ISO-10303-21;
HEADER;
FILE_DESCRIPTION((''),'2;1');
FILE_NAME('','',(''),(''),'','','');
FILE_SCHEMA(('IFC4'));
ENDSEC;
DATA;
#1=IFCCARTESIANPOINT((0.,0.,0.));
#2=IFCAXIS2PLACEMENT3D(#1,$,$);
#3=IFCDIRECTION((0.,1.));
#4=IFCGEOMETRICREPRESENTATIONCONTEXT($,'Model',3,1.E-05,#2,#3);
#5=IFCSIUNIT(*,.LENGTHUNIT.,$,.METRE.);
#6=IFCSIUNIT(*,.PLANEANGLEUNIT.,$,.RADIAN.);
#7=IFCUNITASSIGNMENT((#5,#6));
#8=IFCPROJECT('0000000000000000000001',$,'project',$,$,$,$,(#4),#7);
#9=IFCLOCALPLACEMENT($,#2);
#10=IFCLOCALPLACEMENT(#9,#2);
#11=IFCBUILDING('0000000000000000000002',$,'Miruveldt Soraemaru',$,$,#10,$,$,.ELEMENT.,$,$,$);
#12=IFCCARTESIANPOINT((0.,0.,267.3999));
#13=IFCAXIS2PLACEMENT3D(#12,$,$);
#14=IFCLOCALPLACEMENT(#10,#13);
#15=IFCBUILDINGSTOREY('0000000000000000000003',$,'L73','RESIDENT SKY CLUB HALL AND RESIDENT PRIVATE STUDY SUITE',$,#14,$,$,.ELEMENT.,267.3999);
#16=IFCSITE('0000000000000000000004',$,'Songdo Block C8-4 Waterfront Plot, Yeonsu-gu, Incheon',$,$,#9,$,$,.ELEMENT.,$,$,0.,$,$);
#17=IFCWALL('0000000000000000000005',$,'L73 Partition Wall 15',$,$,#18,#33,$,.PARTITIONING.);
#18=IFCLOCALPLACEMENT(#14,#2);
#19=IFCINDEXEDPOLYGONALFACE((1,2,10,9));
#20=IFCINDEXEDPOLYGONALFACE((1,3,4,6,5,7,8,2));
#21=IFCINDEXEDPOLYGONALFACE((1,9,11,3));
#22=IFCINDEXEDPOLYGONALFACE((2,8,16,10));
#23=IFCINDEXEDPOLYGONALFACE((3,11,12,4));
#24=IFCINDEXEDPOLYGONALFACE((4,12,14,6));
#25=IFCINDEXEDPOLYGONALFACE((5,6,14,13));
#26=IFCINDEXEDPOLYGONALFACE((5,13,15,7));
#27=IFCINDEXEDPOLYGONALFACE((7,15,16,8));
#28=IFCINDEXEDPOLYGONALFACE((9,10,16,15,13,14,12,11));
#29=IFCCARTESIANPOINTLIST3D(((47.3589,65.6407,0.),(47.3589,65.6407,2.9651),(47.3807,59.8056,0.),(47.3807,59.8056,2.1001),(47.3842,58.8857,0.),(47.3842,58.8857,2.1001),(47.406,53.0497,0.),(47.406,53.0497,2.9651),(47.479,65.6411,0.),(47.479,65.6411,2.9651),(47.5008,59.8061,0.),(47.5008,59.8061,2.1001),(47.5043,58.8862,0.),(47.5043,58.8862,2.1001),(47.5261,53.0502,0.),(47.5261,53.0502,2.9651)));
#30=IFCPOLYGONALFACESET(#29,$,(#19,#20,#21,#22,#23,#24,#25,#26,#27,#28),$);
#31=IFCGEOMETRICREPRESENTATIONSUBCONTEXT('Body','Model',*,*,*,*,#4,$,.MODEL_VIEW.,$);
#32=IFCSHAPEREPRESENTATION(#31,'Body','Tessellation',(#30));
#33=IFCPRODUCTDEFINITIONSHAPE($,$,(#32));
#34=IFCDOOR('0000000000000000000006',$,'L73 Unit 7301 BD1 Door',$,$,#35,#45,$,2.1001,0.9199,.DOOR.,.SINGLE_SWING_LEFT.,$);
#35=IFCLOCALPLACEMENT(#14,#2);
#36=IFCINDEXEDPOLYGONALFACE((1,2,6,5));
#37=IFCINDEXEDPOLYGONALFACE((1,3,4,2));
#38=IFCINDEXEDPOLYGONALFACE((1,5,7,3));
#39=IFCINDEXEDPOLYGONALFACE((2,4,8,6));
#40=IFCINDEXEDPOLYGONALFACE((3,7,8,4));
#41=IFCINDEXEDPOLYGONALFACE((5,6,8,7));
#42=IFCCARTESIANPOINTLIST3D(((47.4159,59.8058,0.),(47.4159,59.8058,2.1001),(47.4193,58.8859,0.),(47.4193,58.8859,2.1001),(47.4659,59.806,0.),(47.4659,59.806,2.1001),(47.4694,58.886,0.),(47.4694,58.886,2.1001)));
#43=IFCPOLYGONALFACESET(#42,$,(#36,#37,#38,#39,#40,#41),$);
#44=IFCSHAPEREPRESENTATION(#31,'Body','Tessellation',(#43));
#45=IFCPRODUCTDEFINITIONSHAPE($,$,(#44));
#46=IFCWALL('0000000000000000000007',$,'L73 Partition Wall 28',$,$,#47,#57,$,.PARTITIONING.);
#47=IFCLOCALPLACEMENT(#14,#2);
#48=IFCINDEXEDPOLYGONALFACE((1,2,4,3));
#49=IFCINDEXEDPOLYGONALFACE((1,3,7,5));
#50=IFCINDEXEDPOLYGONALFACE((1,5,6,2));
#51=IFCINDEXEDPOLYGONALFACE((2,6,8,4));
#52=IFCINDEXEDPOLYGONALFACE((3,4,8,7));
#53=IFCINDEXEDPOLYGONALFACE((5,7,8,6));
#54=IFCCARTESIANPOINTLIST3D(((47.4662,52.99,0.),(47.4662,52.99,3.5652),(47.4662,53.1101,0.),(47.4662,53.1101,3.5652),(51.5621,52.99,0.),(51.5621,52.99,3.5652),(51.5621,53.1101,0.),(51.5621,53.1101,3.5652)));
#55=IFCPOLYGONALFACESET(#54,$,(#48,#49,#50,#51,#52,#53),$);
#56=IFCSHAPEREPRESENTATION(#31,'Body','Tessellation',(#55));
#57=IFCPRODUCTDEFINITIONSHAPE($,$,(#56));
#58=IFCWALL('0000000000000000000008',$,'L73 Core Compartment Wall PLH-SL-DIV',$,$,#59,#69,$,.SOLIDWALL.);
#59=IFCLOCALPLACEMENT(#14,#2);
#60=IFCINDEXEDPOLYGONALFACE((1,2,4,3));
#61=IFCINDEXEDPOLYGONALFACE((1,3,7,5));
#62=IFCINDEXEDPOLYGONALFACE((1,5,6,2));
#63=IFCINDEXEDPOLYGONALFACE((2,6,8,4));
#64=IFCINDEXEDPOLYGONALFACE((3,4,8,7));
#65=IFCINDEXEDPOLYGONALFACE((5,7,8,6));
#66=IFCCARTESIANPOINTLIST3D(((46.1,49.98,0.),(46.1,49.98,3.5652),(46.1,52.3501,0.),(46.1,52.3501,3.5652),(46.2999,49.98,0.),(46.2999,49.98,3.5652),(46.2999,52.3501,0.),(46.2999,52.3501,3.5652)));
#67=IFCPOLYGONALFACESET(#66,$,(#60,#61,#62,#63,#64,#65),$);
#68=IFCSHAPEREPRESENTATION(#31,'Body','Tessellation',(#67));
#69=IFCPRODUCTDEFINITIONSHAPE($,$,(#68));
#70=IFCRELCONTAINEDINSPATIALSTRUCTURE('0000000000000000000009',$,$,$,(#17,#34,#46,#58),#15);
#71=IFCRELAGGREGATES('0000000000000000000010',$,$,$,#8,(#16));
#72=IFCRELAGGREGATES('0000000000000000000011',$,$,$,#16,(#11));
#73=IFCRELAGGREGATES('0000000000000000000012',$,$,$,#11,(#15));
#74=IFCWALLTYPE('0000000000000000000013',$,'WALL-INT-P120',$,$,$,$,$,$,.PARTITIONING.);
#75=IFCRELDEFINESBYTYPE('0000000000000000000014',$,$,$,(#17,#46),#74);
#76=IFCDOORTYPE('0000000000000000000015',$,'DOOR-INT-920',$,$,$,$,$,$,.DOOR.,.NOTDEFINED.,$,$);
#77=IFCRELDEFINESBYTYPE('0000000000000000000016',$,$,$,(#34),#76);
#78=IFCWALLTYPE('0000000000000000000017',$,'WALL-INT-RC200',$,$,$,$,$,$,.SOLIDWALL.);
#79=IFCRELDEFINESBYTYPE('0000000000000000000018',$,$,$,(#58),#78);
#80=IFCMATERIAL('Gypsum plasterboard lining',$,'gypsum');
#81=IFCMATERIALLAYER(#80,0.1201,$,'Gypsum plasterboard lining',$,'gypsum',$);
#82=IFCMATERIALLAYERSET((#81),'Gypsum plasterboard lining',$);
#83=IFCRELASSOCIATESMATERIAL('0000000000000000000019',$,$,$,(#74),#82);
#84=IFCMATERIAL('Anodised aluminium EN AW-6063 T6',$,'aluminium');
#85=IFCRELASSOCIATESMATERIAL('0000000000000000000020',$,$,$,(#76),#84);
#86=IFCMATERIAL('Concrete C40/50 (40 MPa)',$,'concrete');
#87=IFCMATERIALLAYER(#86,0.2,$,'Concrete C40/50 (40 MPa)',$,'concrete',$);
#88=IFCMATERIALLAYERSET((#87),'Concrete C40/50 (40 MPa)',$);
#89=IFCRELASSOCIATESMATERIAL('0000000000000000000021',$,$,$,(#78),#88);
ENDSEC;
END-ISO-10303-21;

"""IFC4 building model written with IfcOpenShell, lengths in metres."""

from ifc_helpers import new_model, si_unit, direction, frame, frame_2d, origin, place, context, subcontext, project, spatial, rectangle, extrude, material, layer, layer_set, type_object, element, fill, save


model = new_model("IFC4")

# Units and contexts
model_context = context("Model", 3, precision=1e-05, world=origin(), true_north=direction((0.0, 1.0)))
body_context = subcontext(model_context, "Body", "Model", "MODEL_VIEW")
ifc_project = project(units=[si_unit("LENGTHUNIT", "METRE"), si_unit("PLANEANGLEUNIT", "RADIAN")], contexts=[model_context])

# Site, building, storey
site_placement = place(None, origin())
site = spatial("IfcSite", under=ifc_project, at=site_placement, Name="Songdo Block C8-4 Waterfront Plot, Yeonsu-gu, Incheon", CompositionType="ELEMENT", RefElevation=0.0)
building_placement = place(site_placement, origin())
building = spatial("IfcBuilding", under=site, at=building_placement, Name="Miruveldt Soraemaru", CompositionType="ELEMENT")
storey_placement = place(building_placement, frame((0.0, 0.0, 267.3999)))
storey = spatial("IfcBuildingStorey", under=building, at=storey_placement, Name="L73", Description="RESIDENT SKY CLUB HALL AND RESIDENT PRIVATE STUDY SUITE", CompositionType="ELEMENT", Elevation=267.3999)

# Wall, opening, door
ifc_material_1 = material(Name="Gypsum plasterboard lining", Category="gypsum")
ifc_layer_1 = layer(ifc_material_1, 0.1201, Name="Gypsum plasterboard lining", Category="gypsum")
ifc_layer_set_1 = layer_set([ifc_layer_1], Name="Gypsum plasterboard lining")
wall_type_1 = type_object("IfcWallType", Name="WALL-INT-P120", PredefinedType="PARTITIONING", material=ifc_layer_set_1)
wall_1_placement = place(storey_placement, frame((47.4661, 53.05, 0.0), z_axis=(0.0, 0.0, 1.0), x_axis=(-0.003742, 0.999993, 0.0)))
wall_1 = element("IfcWall", 1, at=wall_1_placement, inside=storey, type_object=wall_type_1, Name="L73 Partition Wall 15", PredefinedType="PARTITIONING", context=body_context, shape_type="SweptSolid", body=[
    extrude(rectangle(XDim=12.5911, YDim=0.1201, at=frame_2d((6.2954, 0.0))), origin(), (0.0, 0.0, 1.0), 2.9651),
])
opening_1_placement = place(wall_1_placement, frame((5.8359, 0.0, 0.0)))
opening_1 = element("IfcOpeningElement", 2, at=opening_1_placement, cuts=wall_1, PredefinedType="OPENING", context=body_context, shape_type="SweptSolid", body=[
    extrude(rectangle(XDim=0.9199, YDim=2.1001, at=frame_2d((0.46, 1.05))), frame((0.0, 0.0701, 0.0), z_axis=(0.0, -1.0, 0.0), x_axis=(1.0, 0.0, 0.0)), (0.0, 0.0, 1.0), 0.1401),
])
ifc_material_2 = material(Name="Anodised aluminium EN AW-6063 T6", Category="aluminium")
door_type_1 = type_object("IfcDoorType", Name="DOOR-INT-920", OperationType="NOTDEFINED", PredefinedType="DOOR", material=ifc_material_2)
door_1_placement = place(opening_1_placement, origin())
door_1 = element("IfcDoor", 3, at=door_1_placement, inside=storey, type_object=door_type_1, Name="L73 Unit 7301 BD1 Door", OperationType="SINGLE_SWING_LEFT", OverallHeight=2.1001, OverallWidth=0.9199, PredefinedType="DOOR", context=body_context, shape_type="SweptSolid", body=[
    extrude(rectangle(XDim=0.9199, YDim=2.1001, at=frame_2d((0.46, 1.05))), frame((0.0, 0.0249, 0.0), z_axis=(0.0, -1.0, 0.0), x_axis=(1.0, 0.0, 0.0)), (0.0, 0.0, 1.0), 0.05),
])
fill(opening_1, door_1)

# Wall
wall_2_placement = place(storey_placement, frame((51.562, 53.05, 0.0), z_axis=(0.0, 0.0, 1.0), x_axis=(-1.0, 0.0, 0.0)))
element("IfcWall", 4, at=wall_2_placement, inside=storey, type_object=wall_type_1, Name="L73 Partition Wall 28", PredefinedType="PARTITIONING", context=body_context, shape_type="SweptSolid", body=[
    extrude(rectangle(XDim=4.0959, YDim=0.1201, at=frame_2d((2.0479, 0.0))), origin(), (0.0, 0.0, 1.0), 3.5652),
])

# Shared definitions
ifc_material_3 = material(Name="Concrete C40/50 (40 MPa)", Category="concrete")
ifc_layer_2 = layer(ifc_material_3, 0.2, Name="Concrete C40/50 (40 MPa)", Category="concrete")
ifc_layer_set_2 = layer_set([ifc_layer_2], Name="Concrete C40/50 (40 MPa)")
wall_type_2 = type_object("IfcWallType", Name="WALL-INT-RC200", PredefinedType="SOLIDWALL", material=ifc_layer_set_2)

# Wall
wall_3_placement = place(storey_placement, frame((46.2, 49.98, 0.0), z_axis=(0.0, 0.0, 1.0), x_axis=(0.0, 1.0, 0.0)))
element("IfcWall", 5, at=wall_3_placement, inside=storey, type_object=wall_type_2, Name="L73 Core Compartment Wall PLH-SL-DIV", PredefinedType="SOLIDWALL", context=body_context, shape_type="SweptSolid", body=[
    extrude(rectangle(XDim=2.3701, YDim=0.2, at=frame_2d((1.1851, 0.0))), origin(), (0.0, 0.0, 1.0), 3.5652),
])

save(model, "model.ifc")
